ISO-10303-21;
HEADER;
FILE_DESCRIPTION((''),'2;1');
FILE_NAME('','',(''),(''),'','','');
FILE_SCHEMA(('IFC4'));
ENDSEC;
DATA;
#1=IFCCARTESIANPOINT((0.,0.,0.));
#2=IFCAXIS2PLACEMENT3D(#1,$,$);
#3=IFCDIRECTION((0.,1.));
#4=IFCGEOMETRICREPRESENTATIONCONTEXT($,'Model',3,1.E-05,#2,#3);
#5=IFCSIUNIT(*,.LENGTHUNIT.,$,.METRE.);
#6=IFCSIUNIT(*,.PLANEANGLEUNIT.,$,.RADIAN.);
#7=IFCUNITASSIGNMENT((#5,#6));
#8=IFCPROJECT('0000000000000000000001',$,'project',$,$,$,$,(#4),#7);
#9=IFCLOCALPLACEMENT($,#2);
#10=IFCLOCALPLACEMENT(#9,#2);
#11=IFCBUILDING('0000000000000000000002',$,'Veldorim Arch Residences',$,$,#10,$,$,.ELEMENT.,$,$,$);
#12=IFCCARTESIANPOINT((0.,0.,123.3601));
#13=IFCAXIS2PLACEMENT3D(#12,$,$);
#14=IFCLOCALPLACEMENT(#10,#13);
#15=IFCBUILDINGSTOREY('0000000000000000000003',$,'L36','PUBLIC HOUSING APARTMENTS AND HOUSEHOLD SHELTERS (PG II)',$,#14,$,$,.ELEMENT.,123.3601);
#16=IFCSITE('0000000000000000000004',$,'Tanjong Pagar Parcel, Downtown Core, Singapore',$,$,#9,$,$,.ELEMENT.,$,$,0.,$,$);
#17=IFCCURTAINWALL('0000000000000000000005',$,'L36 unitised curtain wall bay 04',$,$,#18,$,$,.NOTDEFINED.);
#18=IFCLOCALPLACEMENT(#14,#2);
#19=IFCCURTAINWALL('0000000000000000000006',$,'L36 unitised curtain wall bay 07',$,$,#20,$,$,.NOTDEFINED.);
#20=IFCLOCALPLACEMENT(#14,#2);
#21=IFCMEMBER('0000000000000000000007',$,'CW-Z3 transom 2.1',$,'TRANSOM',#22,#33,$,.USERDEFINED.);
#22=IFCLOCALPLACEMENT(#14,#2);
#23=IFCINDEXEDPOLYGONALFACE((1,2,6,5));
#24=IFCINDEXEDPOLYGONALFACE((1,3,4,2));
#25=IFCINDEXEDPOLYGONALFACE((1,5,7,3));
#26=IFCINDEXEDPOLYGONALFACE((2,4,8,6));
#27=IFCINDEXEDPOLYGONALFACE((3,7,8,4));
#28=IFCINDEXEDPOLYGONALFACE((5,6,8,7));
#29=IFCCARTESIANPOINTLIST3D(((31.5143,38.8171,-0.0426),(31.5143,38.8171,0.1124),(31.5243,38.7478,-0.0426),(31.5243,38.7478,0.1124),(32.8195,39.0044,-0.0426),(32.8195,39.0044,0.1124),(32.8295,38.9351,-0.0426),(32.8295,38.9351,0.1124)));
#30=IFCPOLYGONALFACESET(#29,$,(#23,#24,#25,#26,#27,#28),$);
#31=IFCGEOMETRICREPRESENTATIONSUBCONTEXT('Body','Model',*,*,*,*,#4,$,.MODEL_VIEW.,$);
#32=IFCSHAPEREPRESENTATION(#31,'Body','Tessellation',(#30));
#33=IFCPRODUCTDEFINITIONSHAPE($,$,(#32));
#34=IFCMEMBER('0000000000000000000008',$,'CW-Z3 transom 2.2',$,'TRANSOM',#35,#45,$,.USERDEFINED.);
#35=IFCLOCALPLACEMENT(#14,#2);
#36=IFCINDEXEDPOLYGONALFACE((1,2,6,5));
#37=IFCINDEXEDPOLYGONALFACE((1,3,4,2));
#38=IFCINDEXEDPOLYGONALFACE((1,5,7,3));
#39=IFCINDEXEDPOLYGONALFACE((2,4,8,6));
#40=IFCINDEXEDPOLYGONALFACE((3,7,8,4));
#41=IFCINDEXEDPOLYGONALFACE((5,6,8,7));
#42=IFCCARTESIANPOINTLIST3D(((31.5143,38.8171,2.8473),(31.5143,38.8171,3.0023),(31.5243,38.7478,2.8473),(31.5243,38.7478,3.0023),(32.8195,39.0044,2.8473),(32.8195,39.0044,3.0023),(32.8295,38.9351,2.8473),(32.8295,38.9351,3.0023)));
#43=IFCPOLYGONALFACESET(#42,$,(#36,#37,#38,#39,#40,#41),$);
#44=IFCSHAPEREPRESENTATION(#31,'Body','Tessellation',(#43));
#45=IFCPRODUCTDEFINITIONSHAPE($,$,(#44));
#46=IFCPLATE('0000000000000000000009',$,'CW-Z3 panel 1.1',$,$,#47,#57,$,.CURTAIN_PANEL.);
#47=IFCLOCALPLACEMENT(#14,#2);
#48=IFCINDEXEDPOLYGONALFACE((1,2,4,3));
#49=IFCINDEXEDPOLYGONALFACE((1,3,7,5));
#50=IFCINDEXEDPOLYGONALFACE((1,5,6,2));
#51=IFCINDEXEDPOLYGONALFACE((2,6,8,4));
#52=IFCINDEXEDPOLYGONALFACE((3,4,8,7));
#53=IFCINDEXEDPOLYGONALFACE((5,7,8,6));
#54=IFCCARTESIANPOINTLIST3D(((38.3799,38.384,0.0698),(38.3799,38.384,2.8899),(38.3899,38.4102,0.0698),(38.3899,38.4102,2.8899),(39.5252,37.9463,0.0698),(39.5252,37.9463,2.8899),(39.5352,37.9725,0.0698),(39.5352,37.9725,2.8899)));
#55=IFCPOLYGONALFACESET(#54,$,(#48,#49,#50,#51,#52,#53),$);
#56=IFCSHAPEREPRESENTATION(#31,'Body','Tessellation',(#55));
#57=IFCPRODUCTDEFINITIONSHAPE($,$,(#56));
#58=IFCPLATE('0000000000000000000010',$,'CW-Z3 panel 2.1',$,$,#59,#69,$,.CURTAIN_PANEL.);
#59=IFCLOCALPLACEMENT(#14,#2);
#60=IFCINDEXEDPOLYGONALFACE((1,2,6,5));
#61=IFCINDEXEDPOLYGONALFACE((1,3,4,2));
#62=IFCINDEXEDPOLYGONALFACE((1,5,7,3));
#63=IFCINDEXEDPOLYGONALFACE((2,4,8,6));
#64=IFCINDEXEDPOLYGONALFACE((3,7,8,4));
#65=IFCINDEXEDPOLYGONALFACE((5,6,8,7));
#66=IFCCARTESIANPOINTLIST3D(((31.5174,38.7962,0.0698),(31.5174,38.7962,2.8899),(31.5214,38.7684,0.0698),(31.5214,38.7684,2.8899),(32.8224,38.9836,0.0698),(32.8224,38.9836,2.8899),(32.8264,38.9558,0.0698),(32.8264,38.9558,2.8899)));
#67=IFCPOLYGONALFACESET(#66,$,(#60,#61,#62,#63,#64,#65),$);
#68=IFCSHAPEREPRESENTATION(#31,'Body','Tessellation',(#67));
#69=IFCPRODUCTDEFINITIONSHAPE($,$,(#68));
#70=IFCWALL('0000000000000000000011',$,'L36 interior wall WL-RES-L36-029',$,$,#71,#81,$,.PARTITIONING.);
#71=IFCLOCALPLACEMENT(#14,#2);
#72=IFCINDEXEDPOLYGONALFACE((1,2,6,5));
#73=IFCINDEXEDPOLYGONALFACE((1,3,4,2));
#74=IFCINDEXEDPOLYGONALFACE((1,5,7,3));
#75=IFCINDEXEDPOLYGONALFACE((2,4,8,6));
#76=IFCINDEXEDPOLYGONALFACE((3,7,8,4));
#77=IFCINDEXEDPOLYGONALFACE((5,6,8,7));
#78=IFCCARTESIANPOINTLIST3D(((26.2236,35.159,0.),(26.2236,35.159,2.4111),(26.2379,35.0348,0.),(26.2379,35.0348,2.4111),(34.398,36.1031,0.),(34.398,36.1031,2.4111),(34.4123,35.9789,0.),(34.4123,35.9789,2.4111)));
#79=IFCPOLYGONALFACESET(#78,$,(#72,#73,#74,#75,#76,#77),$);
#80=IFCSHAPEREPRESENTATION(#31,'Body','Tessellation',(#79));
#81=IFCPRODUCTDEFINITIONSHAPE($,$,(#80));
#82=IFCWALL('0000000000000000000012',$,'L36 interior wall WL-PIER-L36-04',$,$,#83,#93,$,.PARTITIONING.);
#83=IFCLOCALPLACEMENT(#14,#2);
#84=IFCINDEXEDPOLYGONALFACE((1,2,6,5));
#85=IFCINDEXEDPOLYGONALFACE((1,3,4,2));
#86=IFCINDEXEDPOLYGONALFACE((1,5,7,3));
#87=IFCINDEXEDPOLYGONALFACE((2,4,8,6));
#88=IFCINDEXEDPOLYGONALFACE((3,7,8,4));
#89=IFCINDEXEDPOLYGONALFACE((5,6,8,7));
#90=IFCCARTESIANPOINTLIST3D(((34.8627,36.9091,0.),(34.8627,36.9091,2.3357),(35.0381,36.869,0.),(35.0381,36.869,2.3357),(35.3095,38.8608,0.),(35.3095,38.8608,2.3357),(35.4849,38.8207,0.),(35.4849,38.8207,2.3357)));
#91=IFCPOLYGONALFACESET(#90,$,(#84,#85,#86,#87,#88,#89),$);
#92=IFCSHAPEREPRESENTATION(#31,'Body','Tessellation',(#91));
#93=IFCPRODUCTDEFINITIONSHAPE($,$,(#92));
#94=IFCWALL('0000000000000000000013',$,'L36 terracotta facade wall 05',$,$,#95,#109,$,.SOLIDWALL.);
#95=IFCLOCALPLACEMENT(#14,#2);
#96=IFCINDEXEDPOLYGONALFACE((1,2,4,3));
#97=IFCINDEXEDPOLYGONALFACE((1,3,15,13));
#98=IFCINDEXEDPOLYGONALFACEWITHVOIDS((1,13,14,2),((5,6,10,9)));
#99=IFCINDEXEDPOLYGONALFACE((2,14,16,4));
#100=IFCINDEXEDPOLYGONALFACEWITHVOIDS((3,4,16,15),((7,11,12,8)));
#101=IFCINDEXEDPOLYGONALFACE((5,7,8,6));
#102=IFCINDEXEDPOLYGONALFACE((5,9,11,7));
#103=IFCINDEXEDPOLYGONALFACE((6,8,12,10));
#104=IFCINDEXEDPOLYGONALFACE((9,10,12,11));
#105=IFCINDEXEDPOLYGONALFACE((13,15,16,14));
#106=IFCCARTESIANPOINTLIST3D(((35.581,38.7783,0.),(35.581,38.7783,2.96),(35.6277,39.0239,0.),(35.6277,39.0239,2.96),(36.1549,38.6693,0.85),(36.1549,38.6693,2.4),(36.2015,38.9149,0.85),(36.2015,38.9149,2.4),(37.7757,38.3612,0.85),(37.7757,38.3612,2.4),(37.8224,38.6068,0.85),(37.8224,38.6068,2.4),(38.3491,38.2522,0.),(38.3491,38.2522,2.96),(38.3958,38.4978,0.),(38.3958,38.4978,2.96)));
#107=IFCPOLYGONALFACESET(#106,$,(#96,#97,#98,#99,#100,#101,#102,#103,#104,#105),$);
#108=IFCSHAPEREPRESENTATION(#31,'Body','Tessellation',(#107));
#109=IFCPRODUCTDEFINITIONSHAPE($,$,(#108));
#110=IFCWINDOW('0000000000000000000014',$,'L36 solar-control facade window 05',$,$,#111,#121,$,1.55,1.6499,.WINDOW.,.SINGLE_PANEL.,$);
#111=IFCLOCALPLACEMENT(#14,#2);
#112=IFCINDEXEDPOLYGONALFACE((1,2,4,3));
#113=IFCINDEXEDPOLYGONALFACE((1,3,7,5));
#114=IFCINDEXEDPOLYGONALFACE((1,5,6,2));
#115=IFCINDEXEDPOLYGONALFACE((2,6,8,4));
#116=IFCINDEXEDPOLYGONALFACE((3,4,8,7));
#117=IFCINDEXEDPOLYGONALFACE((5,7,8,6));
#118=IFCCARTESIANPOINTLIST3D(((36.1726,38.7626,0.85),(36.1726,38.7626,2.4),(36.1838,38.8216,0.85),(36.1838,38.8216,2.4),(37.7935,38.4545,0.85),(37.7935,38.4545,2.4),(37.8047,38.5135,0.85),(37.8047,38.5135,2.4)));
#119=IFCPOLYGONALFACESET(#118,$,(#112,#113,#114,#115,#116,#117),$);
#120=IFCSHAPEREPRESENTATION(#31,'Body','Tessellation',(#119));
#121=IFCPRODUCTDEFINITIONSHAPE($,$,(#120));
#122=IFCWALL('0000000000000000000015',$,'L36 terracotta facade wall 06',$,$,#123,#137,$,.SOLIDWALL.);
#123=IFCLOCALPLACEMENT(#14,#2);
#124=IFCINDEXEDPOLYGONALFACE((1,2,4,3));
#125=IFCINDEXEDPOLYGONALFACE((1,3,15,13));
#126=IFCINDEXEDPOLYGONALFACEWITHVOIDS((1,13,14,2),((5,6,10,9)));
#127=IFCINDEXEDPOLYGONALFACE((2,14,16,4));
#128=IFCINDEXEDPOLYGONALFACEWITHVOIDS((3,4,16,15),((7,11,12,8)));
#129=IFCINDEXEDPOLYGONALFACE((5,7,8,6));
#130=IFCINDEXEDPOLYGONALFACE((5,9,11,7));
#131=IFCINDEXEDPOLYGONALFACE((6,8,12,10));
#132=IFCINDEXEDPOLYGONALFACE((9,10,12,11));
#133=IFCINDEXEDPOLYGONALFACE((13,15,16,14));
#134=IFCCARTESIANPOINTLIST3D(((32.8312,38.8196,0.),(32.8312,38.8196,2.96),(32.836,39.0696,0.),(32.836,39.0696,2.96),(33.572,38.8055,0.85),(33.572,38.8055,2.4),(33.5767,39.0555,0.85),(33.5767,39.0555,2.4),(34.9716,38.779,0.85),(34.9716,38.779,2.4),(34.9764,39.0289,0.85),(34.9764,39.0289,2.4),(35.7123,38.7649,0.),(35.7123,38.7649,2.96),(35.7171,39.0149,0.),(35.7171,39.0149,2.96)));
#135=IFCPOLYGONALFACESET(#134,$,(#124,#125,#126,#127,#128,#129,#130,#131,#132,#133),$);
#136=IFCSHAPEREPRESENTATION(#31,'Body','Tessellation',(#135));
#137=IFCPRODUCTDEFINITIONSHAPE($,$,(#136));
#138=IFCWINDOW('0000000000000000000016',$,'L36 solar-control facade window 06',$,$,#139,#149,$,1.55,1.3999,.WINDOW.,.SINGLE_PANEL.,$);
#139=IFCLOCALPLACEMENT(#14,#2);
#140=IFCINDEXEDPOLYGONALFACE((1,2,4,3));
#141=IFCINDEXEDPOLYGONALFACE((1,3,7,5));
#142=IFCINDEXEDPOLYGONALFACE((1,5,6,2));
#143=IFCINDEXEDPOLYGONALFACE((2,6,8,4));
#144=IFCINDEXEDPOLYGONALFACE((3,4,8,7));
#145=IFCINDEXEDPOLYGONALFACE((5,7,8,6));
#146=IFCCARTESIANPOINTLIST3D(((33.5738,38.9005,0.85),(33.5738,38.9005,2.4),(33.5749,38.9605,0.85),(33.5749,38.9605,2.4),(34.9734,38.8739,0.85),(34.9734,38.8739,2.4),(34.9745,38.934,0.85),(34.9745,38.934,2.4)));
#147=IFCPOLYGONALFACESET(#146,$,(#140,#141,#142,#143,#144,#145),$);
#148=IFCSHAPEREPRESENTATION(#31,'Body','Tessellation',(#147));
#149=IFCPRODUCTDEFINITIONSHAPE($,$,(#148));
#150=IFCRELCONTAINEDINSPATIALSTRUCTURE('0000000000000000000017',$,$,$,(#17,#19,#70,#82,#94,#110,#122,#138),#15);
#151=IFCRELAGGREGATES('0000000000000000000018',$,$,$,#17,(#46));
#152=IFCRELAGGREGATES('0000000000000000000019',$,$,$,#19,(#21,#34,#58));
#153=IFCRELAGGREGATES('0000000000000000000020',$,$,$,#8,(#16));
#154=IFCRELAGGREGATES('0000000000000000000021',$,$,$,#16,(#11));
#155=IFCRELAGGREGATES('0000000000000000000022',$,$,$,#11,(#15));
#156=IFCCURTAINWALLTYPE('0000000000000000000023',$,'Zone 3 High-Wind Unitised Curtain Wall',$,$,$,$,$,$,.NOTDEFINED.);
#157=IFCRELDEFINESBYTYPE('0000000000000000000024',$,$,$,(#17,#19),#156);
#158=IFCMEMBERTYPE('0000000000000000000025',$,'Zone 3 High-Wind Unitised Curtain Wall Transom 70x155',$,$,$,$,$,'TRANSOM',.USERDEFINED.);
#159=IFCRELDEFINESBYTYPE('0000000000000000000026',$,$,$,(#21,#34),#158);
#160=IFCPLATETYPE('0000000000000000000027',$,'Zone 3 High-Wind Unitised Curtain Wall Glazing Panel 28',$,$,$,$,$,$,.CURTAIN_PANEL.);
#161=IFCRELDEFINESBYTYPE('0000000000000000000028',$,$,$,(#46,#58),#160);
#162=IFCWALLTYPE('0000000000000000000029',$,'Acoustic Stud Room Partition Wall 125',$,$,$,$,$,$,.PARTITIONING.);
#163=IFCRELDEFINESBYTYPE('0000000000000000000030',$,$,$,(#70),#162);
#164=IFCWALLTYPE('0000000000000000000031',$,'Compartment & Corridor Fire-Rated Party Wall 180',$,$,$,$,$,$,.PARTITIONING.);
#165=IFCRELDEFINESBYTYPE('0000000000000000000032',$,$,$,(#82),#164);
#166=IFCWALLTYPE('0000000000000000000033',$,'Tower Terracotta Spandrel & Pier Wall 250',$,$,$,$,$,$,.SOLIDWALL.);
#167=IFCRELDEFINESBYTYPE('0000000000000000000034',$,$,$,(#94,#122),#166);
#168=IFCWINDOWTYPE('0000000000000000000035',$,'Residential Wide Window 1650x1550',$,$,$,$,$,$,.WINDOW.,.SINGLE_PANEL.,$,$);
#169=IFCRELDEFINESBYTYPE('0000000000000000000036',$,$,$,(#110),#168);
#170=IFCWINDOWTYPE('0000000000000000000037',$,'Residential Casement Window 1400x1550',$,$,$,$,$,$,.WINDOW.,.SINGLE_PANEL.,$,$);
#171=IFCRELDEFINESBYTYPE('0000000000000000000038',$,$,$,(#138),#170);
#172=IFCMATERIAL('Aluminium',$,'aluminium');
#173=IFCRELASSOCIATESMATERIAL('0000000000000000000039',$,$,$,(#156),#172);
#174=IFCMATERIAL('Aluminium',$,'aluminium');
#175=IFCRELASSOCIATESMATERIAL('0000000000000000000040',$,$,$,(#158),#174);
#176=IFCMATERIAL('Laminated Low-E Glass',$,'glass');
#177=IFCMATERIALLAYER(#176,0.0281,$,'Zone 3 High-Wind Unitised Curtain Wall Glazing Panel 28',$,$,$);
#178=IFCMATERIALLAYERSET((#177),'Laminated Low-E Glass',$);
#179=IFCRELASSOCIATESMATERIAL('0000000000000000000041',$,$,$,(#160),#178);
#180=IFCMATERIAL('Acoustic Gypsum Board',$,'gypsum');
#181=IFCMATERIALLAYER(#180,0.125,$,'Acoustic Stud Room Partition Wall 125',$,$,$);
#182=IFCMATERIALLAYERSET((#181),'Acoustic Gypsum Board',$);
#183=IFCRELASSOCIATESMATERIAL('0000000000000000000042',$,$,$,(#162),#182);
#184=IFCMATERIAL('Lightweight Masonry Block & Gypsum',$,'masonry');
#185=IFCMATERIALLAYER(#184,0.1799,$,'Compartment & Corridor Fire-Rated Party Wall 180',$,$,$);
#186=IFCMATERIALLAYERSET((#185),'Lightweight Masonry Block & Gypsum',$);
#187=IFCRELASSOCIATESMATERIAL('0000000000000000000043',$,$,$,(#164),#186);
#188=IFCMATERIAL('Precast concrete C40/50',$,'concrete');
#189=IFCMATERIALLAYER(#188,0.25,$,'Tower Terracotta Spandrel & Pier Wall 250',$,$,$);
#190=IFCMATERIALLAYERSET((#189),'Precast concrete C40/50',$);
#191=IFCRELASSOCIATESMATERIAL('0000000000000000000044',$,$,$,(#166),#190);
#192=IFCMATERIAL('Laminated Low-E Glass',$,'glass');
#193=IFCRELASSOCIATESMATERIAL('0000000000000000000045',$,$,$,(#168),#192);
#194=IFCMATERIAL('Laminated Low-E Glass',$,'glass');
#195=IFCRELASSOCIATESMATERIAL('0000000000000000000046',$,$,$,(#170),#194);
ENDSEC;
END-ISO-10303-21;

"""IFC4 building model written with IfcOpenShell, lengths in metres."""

from ifc_helpers import new_model, si_unit, direction, frame, frame_2d, origin, origin_2d, place, context, subcontext, project, spatial, rectangle, extrude, material, layer, layer_set, material_profile, profile_set, type_object, element, fill, aggregate, save


model = new_model("IFC4")

# Units and contexts
model_context = context("Model", 3, precision=1e-05, world=origin(), true_north=direction((0.0, 1.0)))
body_context = subcontext(model_context, "Body", "Model", "MODEL_VIEW")
ifc_project = project(units=[si_unit("LENGTHUNIT", "METRE"), si_unit("PLANEANGLEUNIT", "RADIAN")], contexts=[model_context])

# Site, building, storey
site_placement = place(None, origin())
site = spatial("IfcSite", under=ifc_project, at=site_placement, Name="Tanjong Pagar Parcel, Downtown Core, Singapore", CompositionType="ELEMENT", RefElevation=0.0)
building_placement = place(site_placement, origin())
building = spatial("IfcBuilding", under=site, at=building_placement, Name="Veldorim Arch Residences", CompositionType="ELEMENT")
storey_placement = place(building_placement, frame((0.0, 0.0, 123.3601)))
storey = spatial("IfcBuildingStorey", under=building, at=storey_placement, Name="L36", Description="PUBLIC HOUSING APARTMENTS AND HOUSEHOLD SHELTERS (PG II)", CompositionType="ELEMENT", Elevation=123.3601)

# Curtain wall
ifc_material_1 = material(Name="Aluminium", Category="aluminium")
curtain_wall_type = type_object("IfcCurtainWallType", Name="Zone 3 High-Wind Unitised Curtain Wall", PredefinedType="NOTDEFINED", material=ifc_material_1)
curtain_wall_1_placement = place(storey_placement, origin())
curtain_wall_1 = element("IfcCurtainWall", 1, at=curtain_wall_1_placement, inside=storey, type_object=curtain_wall_type, Name="L36 unitised curtain wall bay 04", PredefinedType="NOTDEFINED")

# Curtain wall
curtain_wall_2_placement = place(storey_placement, origin())
curtain_wall_2 = element("IfcCurtainWall", 2, at=curtain_wall_2_placement, inside=storey, type_object=curtain_wall_type, Name="L36 unitised curtain wall bay 07", PredefinedType="NOTDEFINED")

# Members
ifc_material_2 = material(Name="Aluminium", Category="aluminium")
ifc_material_profile_1 = material_profile(ifc_material_2, rectangle(XDim=0.0701, YDim=0.155, at=origin_2d()), Name="ALU_TRN_70x155")
ifc_profile_set_1 = profile_set([ifc_material_profile_1], Name="Aluminium")
member_type_1 = type_object("IfcMemberType", Name="Zone 3 High-Wind Unitised Curtain Wall Transom 70x155", ElementType="TRANSOM", PredefinedType="USERDEFINED", material=ifc_profile_set_1)
member_1_placement = place(storey_placement, frame((31.5193, 38.7825, 0.0349), z_axis=(0.989864, 0.142018, 0.0), x_axis=(-0.142018, 0.989864, 0.0)))
member_1 = element("IfcMember", 3, at=member_1_placement, type_object=member_type_1, Name="CW-Z3 transom 2.1", ObjectType="TRANSOM", PredefinedType="USERDEFINED", context=body_context, shape_type="SweptSolid", body=[
    extrude(rectangle(XDim=0.0701, YDim=0.155, at=origin_2d()), origin(), (0.0, 0.0, 1.0), 1.3186),
])
member_2_placement = place(storey_placement, frame((31.5193, 38.7825, 2.9248), z_axis=(0.989864, 0.142018, 0.0), x_axis=(-0.142018, 0.989864, 0.0)))
member_2 = element("IfcMember", 4, at=member_2_placement, type_object=member_type_1, Name="CW-Z3 transom 2.2", ObjectType="TRANSOM", PredefinedType="USERDEFINED", context=body_context, shape_type="SweptSolid", body=[
    extrude(rectangle(XDim=0.0701, YDim=0.155, at=origin_2d()), origin(), (0.0, 0.0, 1.0), 1.3186),
])

# Plates
ifc_material_3 = material(Name="Laminated Low-E Glass", Category="glass")
ifc_layer_1 = layer(ifc_material_3, 0.0281, Name="Zone 3 High-Wind Unitised Curtain Wall Glazing Panel 28")
ifc_layer_set_1 = layer_set([ifc_layer_1], Name="Laminated Low-E Glass")
plate_type = type_object("IfcPlateType", Name="Zone 3 High-Wind Unitised Curtain Wall Glazing Panel 28", PredefinedType="CURTAIN_PANEL", material=ifc_layer_set_1)
plate_1_placement = place(storey_placement, frame((38.9575, 38.1782, 0.0698), z_axis=(0.0, 0.0, 1.0), x_axis=(0.934109, -0.356987, 0.0)))
plate_1 = element("IfcPlate", 5, at=plate_1_placement, type_object=plate_type, Name="CW-Z3 panel 1.1", PredefinedType="CURTAIN_PANEL", context=body_context, shape_type="SweptSolid", body=[
    extrude(rectangle(XDim=1.2261, YDim=0.0281, at=origin_2d()), origin(), (0.0, 0.0, 1.0), 2.8201),
])
aggregate(curtain_wall_1, [plate_1])
plate_2_placement = place(storey_placement, frame((32.1719, 38.876, 0.0698), z_axis=(0.0, 0.0, 1.0), x_axis=(0.989849, 0.14212, 0.0)))
plate_2 = element("IfcPlate", 6, at=plate_2_placement, type_object=plate_type, Name="CW-Z3 panel 2.1", PredefinedType="CURTAIN_PANEL", context=body_context, shape_type="SweptSolid", body=[
    extrude(rectangle(XDim=1.3184, YDim=0.0281, at=origin_2d()), origin(), (0.0, 0.0, 1.0), 2.8201),
])
aggregate(curtain_wall_2, [member_1, member_2, plate_2])

# Walls
ifc_material_4 = material(Name="Acoustic Gypsum Board", Category="gypsum")
ifc_layer_2 = layer(ifc_material_4, 0.125, Name="Acoustic Stud Room Partition Wall 125")
ifc_layer_set_2 = layer_set([ifc_layer_2], Name="Acoustic Gypsum Board")
wall_type_1 = type_object("IfcWallType", Name="Acoustic Stud Room Partition Wall 125", PredefinedType="PARTITIONING", material=ifc_layer_set_2)
wall_1_placement = place(storey_placement, frame((34.405, 36.041, 0.0), z_axis=(0.0, 0.0, 1.0), x_axis=(-0.993396, -0.114732, 0.0)))
element("IfcWall", 7, at=wall_1_placement, inside=storey, type_object=wall_type_1, Name="L36 interior wall WL-RES-L36-029", PredefinedType="PARTITIONING", context=body_context, shape_type="SweptSolid", body=[
    extrude(rectangle(XDim=8.2288, YDim=0.125, at=frame_2d((4.1143, 0.0))), origin(), (0.0, 0.0, 1.0), 2.4111),
])
ifc_material_5 = material(Name="Lightweight Masonry Block & Gypsum", Category="masonry")
ifc_layer_3 = layer(ifc_material_5, 0.1799, Name="Compartment & Corridor Fire-Rated Party Wall 180")
ifc_layer_set_3 = layer_set([ifc_layer_3], Name="Lightweight Masonry Block & Gypsum")
wall_type_2 = type_object("IfcWallType", Name="Compartment & Corridor Fire-Rated Party Wall 180", PredefinedType="PARTITIONING", material=ifc_layer_set_3)
wall_2_placement = place(storey_placement, frame((34.9504, 36.8892, 0.0), z_axis=(0.0, 0.0, 1.0), x_axis=(0.223149, 0.974784, 0.0)))
element("IfcWall", 8, at=wall_2_placement, inside=storey, type_object=wall_type_2, Name="L36 interior wall WL-PIER-L36-04", PredefinedType="PARTITIONING", context=body_context, shape_type="SweptSolid", body=[
    extrude(rectangle(XDim=2.0022, YDim=0.1799, at=frame_2d((1.001, 0.0))), origin(), (0.0, 0.0, 1.0), 2.3357),
])

# Walls, openings, windows
ifc_material_6 = material(Name="Precast concrete C40/50", Category="concrete")
ifc_layer_4 = layer(ifc_material_6, 0.25, Name="Tower Terracotta Spandrel & Pier Wall 250")
ifc_layer_set_4 = layer_set([ifc_layer_4], Name="Precast concrete C40/50")
wall_type_3 = type_object("IfcWallType", Name="Tower Terracotta Spandrel & Pier Wall 250", PredefinedType="SOLIDWALL", material=ifc_layer_set_4)
wall_3_placement = place(storey_placement, frame((35.6045, 38.9011, 0.0), z_axis=(0.0, 0.0, 1.0), x_axis=(0.982412, -0.186726, 0.0)))
wall_3 = element("IfcWall", 9, at=wall_3_placement, inside=storey, type_object=wall_type_3, Name="L36 terracotta facade wall 05", PredefinedType="SOLIDWALL", context=body_context, shape_type="SweptSolid", body=[
    extrude(rectangle(XDim=2.8176, YDim=0.25, at=frame_2d((1.4087, 0.0))), origin(), (0.0, 0.0, 1.0), 2.96),
])
opening_1_placement = place(wall_3_placement, frame((0.584, 0.0, 0.8501)))
opening_1 = element("IfcOpeningElement", 10, at=opening_1_placement, cuts=wall_3, PredefinedType="OPENING", context=body_context, shape_type="SweptSolid", body=[
    extrude(rectangle(XDim=1.6499, YDim=1.55, at=frame_2d((0.825, 0.7749))), frame((0.0, 0.135, 0.0), z_axis=(0.0, -1.0, 0.0), x_axis=(1.0, 0.0, 0.0)), (0.0, 0.0, 1.0), 0.27),
])
ifc_material_7 = material(Name="Laminated Low-E Glass", Category="glass")
window_type_1 = type_object("IfcWindowType", Name="Residential Wide Window 1650x1550", PartitioningType="SINGLE_PANEL", PredefinedType="WINDOW", material=ifc_material_7)
window_1_placement = place(opening_1_placement, origin())
window_1 = element("IfcWindow", 11, at=window_1_placement, inside=storey, type_object=window_type_1, Name="L36 solar-control facade window 05", OverallHeight=1.55, OverallWidth=1.6499, PartitioningType="SINGLE_PANEL", PredefinedType="WINDOW", context=body_context, shape_type="SweptSolid", body=[
    extrude(rectangle(XDim=1.6499, YDim=1.55, at=frame_2d((0.825, 0.7749))), frame((0.0, 0.03, 0.0), z_axis=(0.0, -1.0, 0.0), x_axis=(1.0, 0.0, 0.0)), (0.0, 0.0, 1.0), 0.0601),
])
fill(opening_1, window_1)
wall_4_placement = place(storey_placement, frame((32.8335, 38.9446, 0.0), z_axis=(0.0, 0.0, 1.0), x_axis=(0.99982, -0.018978, 0.0)))
wall_4 = element("IfcWall", 12, at=wall_4_placement, inside=storey, type_object=wall_type_3, Name="L36 terracotta facade wall 06", PredefinedType="SOLIDWALL", context=body_context, shape_type="SweptSolid", body=[
    extrude(rectangle(XDim=2.8816, YDim=0.25, at=frame_2d((1.4409, 0.0))), origin(), (0.0, 0.0, 1.0), 2.96),
])
opening_2_placement = place(wall_4_placement, frame((0.741, 0.0, 0.8501)))
opening_2 = element("IfcOpeningElement", 13, at=opening_2_placement, cuts=wall_4, PredefinedType="OPENING", context=body_context, shape_type="SweptSolid", body=[
    extrude(rectangle(XDim=1.3999, YDim=1.55, at=frame_2d((0.7, 0.7749))), frame((0.0, 0.135, 0.0), z_axis=(0.0, -1.0, 0.0), x_axis=(1.0, 0.0, 0.0)), (0.0, 0.0, 1.0), 0.27),
])
ifc_material_8 = material(Name="Laminated Low-E Glass", Category="glass")
window_type_2 = type_object("IfcWindowType", Name="Residential Casement Window 1400x1550", PartitioningType="SINGLE_PANEL", PredefinedType="WINDOW", material=ifc_material_8)
window_2_placement = place(opening_2_placement, origin())
window_2 = element("IfcWindow", 14, at=window_2_placement, inside=storey, type_object=window_type_2, Name="L36 solar-control facade window 06", OverallHeight=1.55, OverallWidth=1.3999, PartitioningType="SINGLE_PANEL", PredefinedType="WINDOW", context=body_context, shape_type="SweptSolid", body=[
    extrude(rectangle(XDim=1.3999, YDim=1.55, at=frame_2d((0.7, 0.7749))), frame((0.0, 0.03, 0.0), z_axis=(0.0, -1.0, 0.0), x_axis=(1.0, 0.0, 0.0)), (0.0, 0.0, 1.0), 0.0601),
])
fill(opening_2, window_2)

save(model, "model.ifc")
